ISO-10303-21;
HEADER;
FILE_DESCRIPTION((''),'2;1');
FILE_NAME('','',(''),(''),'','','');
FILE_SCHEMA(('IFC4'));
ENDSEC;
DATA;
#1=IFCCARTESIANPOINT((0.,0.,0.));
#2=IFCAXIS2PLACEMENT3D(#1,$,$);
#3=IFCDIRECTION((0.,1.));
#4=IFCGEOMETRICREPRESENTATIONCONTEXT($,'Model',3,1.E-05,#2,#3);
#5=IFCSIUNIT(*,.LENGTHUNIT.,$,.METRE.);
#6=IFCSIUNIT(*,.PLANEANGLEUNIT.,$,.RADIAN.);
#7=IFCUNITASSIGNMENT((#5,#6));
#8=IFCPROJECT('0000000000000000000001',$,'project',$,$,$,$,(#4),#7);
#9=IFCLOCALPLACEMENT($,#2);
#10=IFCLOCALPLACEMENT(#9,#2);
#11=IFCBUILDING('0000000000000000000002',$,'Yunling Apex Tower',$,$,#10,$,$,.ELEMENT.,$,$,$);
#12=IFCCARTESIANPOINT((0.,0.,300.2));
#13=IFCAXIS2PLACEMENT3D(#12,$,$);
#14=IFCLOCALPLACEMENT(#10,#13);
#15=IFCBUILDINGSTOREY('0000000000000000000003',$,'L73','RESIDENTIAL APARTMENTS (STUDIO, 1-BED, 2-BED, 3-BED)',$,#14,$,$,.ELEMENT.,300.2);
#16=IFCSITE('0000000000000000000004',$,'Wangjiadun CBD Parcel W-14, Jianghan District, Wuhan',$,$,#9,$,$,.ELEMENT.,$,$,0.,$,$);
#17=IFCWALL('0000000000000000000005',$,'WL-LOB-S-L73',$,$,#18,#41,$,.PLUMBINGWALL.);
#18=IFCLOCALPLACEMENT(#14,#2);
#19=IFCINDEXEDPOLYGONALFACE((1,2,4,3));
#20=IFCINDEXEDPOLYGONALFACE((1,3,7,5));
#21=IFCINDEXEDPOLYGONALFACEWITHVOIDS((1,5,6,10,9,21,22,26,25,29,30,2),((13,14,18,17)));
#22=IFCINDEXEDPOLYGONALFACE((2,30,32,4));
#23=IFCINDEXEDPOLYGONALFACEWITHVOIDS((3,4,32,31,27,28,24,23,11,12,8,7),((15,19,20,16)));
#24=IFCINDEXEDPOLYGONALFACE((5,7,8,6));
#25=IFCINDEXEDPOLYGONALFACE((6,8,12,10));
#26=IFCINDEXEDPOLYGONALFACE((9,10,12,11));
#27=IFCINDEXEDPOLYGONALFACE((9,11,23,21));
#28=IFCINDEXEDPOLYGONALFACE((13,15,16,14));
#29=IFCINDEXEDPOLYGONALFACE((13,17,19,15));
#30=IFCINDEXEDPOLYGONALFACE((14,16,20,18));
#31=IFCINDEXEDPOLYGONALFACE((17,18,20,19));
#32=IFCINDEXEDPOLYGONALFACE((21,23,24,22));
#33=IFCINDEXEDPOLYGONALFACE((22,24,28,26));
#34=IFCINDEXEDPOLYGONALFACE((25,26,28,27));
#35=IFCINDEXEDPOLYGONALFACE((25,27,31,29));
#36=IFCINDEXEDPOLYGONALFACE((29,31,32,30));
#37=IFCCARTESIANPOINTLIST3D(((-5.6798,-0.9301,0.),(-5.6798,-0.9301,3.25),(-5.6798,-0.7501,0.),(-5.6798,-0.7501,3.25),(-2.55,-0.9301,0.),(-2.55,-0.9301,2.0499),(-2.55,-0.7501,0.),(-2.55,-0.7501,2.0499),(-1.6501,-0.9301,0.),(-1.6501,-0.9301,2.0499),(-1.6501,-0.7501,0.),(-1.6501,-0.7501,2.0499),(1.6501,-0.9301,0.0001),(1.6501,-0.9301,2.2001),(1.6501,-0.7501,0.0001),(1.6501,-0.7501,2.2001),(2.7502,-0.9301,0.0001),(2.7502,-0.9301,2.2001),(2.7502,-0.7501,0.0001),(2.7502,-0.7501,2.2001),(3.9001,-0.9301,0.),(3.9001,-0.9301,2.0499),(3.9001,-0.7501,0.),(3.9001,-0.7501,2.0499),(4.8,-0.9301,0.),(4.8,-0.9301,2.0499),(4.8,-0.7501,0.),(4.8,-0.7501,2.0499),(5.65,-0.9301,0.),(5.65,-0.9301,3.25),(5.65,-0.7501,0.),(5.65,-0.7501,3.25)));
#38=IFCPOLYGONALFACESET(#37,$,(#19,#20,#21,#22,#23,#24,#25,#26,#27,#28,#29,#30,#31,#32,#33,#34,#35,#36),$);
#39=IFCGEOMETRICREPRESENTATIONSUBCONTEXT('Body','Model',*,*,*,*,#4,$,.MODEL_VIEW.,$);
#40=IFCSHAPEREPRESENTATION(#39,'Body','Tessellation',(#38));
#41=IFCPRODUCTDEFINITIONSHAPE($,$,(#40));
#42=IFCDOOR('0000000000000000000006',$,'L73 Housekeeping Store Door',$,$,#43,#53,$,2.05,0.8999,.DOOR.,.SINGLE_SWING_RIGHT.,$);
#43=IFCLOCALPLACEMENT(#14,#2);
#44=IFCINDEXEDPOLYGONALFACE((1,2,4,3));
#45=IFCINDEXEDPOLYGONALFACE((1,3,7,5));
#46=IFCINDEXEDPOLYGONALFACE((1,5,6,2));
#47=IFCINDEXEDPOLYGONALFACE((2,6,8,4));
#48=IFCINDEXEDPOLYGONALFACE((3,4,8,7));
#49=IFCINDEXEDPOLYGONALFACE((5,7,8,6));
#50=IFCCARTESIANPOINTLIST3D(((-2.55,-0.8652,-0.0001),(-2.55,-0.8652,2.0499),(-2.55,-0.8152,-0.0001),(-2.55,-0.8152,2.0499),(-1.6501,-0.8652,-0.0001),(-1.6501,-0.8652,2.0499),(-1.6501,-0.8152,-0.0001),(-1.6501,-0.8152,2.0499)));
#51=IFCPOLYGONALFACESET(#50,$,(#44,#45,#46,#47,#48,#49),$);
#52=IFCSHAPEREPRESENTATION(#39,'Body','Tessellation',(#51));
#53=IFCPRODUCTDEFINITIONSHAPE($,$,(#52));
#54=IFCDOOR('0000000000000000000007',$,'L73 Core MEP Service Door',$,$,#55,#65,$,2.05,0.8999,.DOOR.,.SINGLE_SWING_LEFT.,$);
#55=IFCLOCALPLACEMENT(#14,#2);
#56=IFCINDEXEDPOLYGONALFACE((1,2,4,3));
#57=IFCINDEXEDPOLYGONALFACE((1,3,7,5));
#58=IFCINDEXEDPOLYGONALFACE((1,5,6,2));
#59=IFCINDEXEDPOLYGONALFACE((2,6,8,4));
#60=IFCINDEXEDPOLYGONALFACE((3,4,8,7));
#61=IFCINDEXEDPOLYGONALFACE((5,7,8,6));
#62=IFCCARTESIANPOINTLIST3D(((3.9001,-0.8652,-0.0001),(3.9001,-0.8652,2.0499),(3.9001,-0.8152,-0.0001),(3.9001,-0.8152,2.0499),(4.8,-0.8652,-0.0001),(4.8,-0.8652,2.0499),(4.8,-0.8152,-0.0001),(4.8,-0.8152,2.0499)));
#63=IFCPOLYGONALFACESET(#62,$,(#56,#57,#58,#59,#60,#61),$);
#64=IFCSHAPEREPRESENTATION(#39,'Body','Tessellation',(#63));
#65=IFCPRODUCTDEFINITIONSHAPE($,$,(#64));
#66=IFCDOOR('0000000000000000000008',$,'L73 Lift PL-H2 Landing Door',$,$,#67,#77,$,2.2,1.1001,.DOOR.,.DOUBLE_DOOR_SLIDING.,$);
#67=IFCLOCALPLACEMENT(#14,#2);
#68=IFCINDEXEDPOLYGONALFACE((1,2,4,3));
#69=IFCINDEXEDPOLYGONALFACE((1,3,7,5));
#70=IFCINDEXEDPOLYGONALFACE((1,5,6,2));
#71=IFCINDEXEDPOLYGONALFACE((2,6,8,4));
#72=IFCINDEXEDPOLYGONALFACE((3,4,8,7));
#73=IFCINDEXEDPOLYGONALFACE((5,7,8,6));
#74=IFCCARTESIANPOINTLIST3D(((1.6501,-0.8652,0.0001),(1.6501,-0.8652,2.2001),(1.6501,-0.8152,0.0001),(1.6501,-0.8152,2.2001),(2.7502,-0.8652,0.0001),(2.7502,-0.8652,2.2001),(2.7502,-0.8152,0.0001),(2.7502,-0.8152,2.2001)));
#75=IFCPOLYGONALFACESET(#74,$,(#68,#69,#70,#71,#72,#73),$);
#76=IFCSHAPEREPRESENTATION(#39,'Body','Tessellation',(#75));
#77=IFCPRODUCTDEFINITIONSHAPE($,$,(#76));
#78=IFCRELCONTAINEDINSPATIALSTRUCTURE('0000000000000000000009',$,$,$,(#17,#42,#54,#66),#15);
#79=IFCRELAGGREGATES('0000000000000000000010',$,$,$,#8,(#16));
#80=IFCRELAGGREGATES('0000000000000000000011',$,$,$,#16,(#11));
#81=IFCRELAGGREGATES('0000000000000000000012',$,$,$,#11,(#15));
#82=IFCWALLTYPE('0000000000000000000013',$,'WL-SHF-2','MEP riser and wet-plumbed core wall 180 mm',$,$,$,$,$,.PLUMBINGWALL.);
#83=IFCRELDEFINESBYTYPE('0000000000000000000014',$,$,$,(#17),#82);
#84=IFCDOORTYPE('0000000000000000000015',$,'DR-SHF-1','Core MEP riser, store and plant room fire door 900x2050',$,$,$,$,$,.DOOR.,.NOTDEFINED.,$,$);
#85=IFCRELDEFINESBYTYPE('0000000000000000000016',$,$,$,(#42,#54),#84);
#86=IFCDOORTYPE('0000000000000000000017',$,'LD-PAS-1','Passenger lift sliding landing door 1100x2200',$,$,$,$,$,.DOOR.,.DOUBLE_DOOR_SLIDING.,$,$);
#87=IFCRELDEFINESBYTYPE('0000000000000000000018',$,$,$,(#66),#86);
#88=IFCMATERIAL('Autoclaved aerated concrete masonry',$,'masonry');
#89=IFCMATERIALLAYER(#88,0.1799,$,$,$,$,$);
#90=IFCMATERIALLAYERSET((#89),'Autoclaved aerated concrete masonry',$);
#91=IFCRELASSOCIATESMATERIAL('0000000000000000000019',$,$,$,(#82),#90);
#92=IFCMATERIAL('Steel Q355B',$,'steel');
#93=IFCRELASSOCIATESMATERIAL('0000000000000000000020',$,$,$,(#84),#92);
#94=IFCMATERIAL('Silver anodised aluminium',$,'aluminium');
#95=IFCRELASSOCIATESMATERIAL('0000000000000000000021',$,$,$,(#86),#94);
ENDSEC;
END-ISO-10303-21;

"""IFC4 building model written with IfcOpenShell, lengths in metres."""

from ifc_helpers import new_model, si_unit, direction, frame, frame_2d, origin, place, context, subcontext, project, spatial, rectangle, extrude, material, layer, layer_set, type_object, element, fill, save


model = new_model("IFC4")

# Units and contexts
model_context = context("Model", 3, precision=1e-05, world=origin(), true_north=direction((0.0, 1.0)))
body_context = subcontext(model_context, "Body", "Model", "MODEL_VIEW")
ifc_project = project(units=[si_unit("LENGTHUNIT", "METRE"), si_unit("PLANEANGLEUNIT", "RADIAN")], contexts=[model_context])

# Site, building, storey
site_placement = place(None, origin())
site = spatial("IfcSite", under=ifc_project, at=site_placement, Name="Wangjiadun CBD Parcel W-14, Jianghan District, Wuhan", CompositionType="ELEMENT", RefElevation=0.0)
building_placement = place(site_placement, origin())
building = spatial("IfcBuilding", under=site, at=building_placement, Name="Yunling Apex Tower", CompositionType="ELEMENT")
storey_placement = place(building_placement, frame((0.0, 0.0, 300.2)))
storey = spatial("IfcBuildingStorey", under=building, at=storey_placement, Name="L73", Description="RESIDENTIAL APARTMENTS (STUDIO, 1-BED, 2-BED, 3-BED)", CompositionType="ELEMENT", Elevation=300.2)

# Shared definitions
ifc_material_1 = material(Name="Steel Q355B", Category="steel")

# Shared definitions
ifc_material_2 = material(Name="Autoclaved aerated concrete masonry", Category="masonry")

# Wall, openings, doors
ifc_layer_1 = layer(ifc_material_2, 0.1799)
ifc_layer_set_1 = layer_set([ifc_layer_1], Name="Autoclaved aerated concrete masonry")
wall_type_1 = type_object("IfcWallType", Name="WL-SHF-2", Description="MEP riser and wet-plumbed core wall 180 mm", PredefinedType="PLUMBINGWALL", material=ifc_layer_set_1)
wall_1_placement = place(storey_placement, frame((-5.6799, -0.8401, 0.0), z_axis=(0.0, 0.0, 1.0), x_axis=(1.0, 0.0, 0.0)))
wall_1 = element("IfcWall", 1, at=wall_1_placement, inside=storey, type_object=wall_type_1, Name="WL-LOB-S-L73", PredefinedType="PLUMBINGWALL", context=body_context, shape_type="SweptSolid", body=[
    extrude(rectangle(XDim=11.3298, YDim=0.1799, at=frame_2d((5.665, 0.0))), origin(), (0.0, 0.0, 1.0), 3.25),
])
opening_1_placement = place(wall_1_placement, frame((3.1299, 0.0, 0.0)))
opening_1 = element("IfcOpeningElement", 2, at=opening_1_placement, cuts=wall_1, PredefinedType="OPENING", context=body_context, shape_type="SweptSolid", body=[
    extrude(rectangle(XDim=0.8999, YDim=2.05, at=frame_2d((0.45, 1.0249))), frame((0.0, 0.1001, 0.0), z_axis=(0.0, -1.0, 0.0), x_axis=(1.0, 0.0, 0.0)), (0.0, 0.0, 1.0), 0.2),
])
opening_2_placement = place(wall_1_placement, frame((7.3301, 0.0, 0.0)))
opening_2 = element("IfcOpeningElement", 3, at=opening_2_placement, cuts=wall_1, PredefinedType="OPENING", context=body_context, shape_type="SweptSolid", body=[
    extrude(rectangle(XDim=1.1001, YDim=2.2, at=frame_2d((0.55, 1.1001))), frame((0.0, 0.1001, 0.0), z_axis=(0.0, -1.0, 0.0), x_axis=(1.0, 0.0, 0.0)), (0.0, 0.0, 1.0), 0.2),
])
opening_3_placement = place(wall_1_placement, frame((9.5801, 0.0, 0.0)))
opening_3 = element("IfcOpeningElement", 4, at=opening_3_placement, cuts=wall_1, PredefinedType="OPENING", context=body_context, shape_type="SweptSolid", body=[
    extrude(rectangle(XDim=0.8999, YDim=2.05, at=frame_2d((0.45, 1.0249))), frame((0.0, 0.1001, 0.0), z_axis=(0.0, -1.0, 0.0), x_axis=(1.0, 0.0, 0.0)), (0.0, 0.0, 1.0), 0.2),
])
door_type_1 = type_object("IfcDoorType", Name="DR-SHF-1", Description="Core MEP riser, store and plant room fire door 900x2050", OperationType="NOTDEFINED", PredefinedType="DOOR", material=ifc_material_1)
door_1_placement = place(opening_1_placement, origin())
door_1 = element("IfcDoor", 5, at=door_1_placement, inside=storey, type_object=door_type_1, Name="L73 Housekeeping Store Door", OperationType="SINGLE_SWING_RIGHT", OverallHeight=2.05, OverallWidth=0.8999, PredefinedType="DOOR", context=body_context, shape_type="SweptSolid", body=[
    extrude(rectangle(XDim=0.8999, YDim=2.05, at=frame_2d((0.45, 1.0249))), frame((0.0, 0.0249, 0.0), z_axis=(0.0, -1.0, 0.0), x_axis=(1.0, 0.0, 0.0)), (0.0, 0.0, 1.0), 0.05),
])
fill(opening_1, door_1)
door_2_placement = place(opening_3_placement, origin())
door_2 = element("IfcDoor", 6, at=door_2_placement, inside=storey, type_object=door_type_1, Name="L73 Core MEP Service Door", OperationType="SINGLE_SWING_LEFT", OverallHeight=2.05, OverallWidth=0.8999, PredefinedType="DOOR", context=body_context, shape_type="SweptSolid", body=[
    extrude(rectangle(XDim=0.8999, YDim=2.05, at=frame_2d((0.45, 1.0249))), frame((0.0, 0.0249, 0.0), z_axis=(0.0, -1.0, 0.0), x_axis=(1.0, 0.0, 0.0)), (0.0, 0.0, 1.0), 0.05),
])
fill(opening_3, door_2)
ifc_material_3 = material(Name="Silver anodised aluminium", Category="aluminium")
door_type_2 = type_object("IfcDoorType", Name="LD-PAS-1", Description="Passenger lift sliding landing door 1100x2200", OperationType="DOUBLE_DOOR_SLIDING", PredefinedType="DOOR", material=ifc_material_3)
door_3_placement = place(opening_2_placement, origin())
door_3 = element("IfcDoor", 7, at=door_3_placement, inside=storey, type_object=door_type_2, Name="L73 Lift PL-H2 Landing Door", OperationType="DOUBLE_DOOR_SLIDING", OverallHeight=2.2, OverallWidth=1.1001, PredefinedType="DOOR", context=body_context, shape_type="SweptSolid", body=[
    extrude(rectangle(XDim=1.1001, YDim=2.2, at=frame_2d((0.55, 1.1001))), frame((0.0, 0.0249, 0.0), z_axis=(0.0, -1.0, 0.0), x_axis=(1.0, 0.0, 0.0)), (0.0, 0.0, 1.0), 0.05),
])
fill(opening_2, door_3)

save(model, "model.ifc")
